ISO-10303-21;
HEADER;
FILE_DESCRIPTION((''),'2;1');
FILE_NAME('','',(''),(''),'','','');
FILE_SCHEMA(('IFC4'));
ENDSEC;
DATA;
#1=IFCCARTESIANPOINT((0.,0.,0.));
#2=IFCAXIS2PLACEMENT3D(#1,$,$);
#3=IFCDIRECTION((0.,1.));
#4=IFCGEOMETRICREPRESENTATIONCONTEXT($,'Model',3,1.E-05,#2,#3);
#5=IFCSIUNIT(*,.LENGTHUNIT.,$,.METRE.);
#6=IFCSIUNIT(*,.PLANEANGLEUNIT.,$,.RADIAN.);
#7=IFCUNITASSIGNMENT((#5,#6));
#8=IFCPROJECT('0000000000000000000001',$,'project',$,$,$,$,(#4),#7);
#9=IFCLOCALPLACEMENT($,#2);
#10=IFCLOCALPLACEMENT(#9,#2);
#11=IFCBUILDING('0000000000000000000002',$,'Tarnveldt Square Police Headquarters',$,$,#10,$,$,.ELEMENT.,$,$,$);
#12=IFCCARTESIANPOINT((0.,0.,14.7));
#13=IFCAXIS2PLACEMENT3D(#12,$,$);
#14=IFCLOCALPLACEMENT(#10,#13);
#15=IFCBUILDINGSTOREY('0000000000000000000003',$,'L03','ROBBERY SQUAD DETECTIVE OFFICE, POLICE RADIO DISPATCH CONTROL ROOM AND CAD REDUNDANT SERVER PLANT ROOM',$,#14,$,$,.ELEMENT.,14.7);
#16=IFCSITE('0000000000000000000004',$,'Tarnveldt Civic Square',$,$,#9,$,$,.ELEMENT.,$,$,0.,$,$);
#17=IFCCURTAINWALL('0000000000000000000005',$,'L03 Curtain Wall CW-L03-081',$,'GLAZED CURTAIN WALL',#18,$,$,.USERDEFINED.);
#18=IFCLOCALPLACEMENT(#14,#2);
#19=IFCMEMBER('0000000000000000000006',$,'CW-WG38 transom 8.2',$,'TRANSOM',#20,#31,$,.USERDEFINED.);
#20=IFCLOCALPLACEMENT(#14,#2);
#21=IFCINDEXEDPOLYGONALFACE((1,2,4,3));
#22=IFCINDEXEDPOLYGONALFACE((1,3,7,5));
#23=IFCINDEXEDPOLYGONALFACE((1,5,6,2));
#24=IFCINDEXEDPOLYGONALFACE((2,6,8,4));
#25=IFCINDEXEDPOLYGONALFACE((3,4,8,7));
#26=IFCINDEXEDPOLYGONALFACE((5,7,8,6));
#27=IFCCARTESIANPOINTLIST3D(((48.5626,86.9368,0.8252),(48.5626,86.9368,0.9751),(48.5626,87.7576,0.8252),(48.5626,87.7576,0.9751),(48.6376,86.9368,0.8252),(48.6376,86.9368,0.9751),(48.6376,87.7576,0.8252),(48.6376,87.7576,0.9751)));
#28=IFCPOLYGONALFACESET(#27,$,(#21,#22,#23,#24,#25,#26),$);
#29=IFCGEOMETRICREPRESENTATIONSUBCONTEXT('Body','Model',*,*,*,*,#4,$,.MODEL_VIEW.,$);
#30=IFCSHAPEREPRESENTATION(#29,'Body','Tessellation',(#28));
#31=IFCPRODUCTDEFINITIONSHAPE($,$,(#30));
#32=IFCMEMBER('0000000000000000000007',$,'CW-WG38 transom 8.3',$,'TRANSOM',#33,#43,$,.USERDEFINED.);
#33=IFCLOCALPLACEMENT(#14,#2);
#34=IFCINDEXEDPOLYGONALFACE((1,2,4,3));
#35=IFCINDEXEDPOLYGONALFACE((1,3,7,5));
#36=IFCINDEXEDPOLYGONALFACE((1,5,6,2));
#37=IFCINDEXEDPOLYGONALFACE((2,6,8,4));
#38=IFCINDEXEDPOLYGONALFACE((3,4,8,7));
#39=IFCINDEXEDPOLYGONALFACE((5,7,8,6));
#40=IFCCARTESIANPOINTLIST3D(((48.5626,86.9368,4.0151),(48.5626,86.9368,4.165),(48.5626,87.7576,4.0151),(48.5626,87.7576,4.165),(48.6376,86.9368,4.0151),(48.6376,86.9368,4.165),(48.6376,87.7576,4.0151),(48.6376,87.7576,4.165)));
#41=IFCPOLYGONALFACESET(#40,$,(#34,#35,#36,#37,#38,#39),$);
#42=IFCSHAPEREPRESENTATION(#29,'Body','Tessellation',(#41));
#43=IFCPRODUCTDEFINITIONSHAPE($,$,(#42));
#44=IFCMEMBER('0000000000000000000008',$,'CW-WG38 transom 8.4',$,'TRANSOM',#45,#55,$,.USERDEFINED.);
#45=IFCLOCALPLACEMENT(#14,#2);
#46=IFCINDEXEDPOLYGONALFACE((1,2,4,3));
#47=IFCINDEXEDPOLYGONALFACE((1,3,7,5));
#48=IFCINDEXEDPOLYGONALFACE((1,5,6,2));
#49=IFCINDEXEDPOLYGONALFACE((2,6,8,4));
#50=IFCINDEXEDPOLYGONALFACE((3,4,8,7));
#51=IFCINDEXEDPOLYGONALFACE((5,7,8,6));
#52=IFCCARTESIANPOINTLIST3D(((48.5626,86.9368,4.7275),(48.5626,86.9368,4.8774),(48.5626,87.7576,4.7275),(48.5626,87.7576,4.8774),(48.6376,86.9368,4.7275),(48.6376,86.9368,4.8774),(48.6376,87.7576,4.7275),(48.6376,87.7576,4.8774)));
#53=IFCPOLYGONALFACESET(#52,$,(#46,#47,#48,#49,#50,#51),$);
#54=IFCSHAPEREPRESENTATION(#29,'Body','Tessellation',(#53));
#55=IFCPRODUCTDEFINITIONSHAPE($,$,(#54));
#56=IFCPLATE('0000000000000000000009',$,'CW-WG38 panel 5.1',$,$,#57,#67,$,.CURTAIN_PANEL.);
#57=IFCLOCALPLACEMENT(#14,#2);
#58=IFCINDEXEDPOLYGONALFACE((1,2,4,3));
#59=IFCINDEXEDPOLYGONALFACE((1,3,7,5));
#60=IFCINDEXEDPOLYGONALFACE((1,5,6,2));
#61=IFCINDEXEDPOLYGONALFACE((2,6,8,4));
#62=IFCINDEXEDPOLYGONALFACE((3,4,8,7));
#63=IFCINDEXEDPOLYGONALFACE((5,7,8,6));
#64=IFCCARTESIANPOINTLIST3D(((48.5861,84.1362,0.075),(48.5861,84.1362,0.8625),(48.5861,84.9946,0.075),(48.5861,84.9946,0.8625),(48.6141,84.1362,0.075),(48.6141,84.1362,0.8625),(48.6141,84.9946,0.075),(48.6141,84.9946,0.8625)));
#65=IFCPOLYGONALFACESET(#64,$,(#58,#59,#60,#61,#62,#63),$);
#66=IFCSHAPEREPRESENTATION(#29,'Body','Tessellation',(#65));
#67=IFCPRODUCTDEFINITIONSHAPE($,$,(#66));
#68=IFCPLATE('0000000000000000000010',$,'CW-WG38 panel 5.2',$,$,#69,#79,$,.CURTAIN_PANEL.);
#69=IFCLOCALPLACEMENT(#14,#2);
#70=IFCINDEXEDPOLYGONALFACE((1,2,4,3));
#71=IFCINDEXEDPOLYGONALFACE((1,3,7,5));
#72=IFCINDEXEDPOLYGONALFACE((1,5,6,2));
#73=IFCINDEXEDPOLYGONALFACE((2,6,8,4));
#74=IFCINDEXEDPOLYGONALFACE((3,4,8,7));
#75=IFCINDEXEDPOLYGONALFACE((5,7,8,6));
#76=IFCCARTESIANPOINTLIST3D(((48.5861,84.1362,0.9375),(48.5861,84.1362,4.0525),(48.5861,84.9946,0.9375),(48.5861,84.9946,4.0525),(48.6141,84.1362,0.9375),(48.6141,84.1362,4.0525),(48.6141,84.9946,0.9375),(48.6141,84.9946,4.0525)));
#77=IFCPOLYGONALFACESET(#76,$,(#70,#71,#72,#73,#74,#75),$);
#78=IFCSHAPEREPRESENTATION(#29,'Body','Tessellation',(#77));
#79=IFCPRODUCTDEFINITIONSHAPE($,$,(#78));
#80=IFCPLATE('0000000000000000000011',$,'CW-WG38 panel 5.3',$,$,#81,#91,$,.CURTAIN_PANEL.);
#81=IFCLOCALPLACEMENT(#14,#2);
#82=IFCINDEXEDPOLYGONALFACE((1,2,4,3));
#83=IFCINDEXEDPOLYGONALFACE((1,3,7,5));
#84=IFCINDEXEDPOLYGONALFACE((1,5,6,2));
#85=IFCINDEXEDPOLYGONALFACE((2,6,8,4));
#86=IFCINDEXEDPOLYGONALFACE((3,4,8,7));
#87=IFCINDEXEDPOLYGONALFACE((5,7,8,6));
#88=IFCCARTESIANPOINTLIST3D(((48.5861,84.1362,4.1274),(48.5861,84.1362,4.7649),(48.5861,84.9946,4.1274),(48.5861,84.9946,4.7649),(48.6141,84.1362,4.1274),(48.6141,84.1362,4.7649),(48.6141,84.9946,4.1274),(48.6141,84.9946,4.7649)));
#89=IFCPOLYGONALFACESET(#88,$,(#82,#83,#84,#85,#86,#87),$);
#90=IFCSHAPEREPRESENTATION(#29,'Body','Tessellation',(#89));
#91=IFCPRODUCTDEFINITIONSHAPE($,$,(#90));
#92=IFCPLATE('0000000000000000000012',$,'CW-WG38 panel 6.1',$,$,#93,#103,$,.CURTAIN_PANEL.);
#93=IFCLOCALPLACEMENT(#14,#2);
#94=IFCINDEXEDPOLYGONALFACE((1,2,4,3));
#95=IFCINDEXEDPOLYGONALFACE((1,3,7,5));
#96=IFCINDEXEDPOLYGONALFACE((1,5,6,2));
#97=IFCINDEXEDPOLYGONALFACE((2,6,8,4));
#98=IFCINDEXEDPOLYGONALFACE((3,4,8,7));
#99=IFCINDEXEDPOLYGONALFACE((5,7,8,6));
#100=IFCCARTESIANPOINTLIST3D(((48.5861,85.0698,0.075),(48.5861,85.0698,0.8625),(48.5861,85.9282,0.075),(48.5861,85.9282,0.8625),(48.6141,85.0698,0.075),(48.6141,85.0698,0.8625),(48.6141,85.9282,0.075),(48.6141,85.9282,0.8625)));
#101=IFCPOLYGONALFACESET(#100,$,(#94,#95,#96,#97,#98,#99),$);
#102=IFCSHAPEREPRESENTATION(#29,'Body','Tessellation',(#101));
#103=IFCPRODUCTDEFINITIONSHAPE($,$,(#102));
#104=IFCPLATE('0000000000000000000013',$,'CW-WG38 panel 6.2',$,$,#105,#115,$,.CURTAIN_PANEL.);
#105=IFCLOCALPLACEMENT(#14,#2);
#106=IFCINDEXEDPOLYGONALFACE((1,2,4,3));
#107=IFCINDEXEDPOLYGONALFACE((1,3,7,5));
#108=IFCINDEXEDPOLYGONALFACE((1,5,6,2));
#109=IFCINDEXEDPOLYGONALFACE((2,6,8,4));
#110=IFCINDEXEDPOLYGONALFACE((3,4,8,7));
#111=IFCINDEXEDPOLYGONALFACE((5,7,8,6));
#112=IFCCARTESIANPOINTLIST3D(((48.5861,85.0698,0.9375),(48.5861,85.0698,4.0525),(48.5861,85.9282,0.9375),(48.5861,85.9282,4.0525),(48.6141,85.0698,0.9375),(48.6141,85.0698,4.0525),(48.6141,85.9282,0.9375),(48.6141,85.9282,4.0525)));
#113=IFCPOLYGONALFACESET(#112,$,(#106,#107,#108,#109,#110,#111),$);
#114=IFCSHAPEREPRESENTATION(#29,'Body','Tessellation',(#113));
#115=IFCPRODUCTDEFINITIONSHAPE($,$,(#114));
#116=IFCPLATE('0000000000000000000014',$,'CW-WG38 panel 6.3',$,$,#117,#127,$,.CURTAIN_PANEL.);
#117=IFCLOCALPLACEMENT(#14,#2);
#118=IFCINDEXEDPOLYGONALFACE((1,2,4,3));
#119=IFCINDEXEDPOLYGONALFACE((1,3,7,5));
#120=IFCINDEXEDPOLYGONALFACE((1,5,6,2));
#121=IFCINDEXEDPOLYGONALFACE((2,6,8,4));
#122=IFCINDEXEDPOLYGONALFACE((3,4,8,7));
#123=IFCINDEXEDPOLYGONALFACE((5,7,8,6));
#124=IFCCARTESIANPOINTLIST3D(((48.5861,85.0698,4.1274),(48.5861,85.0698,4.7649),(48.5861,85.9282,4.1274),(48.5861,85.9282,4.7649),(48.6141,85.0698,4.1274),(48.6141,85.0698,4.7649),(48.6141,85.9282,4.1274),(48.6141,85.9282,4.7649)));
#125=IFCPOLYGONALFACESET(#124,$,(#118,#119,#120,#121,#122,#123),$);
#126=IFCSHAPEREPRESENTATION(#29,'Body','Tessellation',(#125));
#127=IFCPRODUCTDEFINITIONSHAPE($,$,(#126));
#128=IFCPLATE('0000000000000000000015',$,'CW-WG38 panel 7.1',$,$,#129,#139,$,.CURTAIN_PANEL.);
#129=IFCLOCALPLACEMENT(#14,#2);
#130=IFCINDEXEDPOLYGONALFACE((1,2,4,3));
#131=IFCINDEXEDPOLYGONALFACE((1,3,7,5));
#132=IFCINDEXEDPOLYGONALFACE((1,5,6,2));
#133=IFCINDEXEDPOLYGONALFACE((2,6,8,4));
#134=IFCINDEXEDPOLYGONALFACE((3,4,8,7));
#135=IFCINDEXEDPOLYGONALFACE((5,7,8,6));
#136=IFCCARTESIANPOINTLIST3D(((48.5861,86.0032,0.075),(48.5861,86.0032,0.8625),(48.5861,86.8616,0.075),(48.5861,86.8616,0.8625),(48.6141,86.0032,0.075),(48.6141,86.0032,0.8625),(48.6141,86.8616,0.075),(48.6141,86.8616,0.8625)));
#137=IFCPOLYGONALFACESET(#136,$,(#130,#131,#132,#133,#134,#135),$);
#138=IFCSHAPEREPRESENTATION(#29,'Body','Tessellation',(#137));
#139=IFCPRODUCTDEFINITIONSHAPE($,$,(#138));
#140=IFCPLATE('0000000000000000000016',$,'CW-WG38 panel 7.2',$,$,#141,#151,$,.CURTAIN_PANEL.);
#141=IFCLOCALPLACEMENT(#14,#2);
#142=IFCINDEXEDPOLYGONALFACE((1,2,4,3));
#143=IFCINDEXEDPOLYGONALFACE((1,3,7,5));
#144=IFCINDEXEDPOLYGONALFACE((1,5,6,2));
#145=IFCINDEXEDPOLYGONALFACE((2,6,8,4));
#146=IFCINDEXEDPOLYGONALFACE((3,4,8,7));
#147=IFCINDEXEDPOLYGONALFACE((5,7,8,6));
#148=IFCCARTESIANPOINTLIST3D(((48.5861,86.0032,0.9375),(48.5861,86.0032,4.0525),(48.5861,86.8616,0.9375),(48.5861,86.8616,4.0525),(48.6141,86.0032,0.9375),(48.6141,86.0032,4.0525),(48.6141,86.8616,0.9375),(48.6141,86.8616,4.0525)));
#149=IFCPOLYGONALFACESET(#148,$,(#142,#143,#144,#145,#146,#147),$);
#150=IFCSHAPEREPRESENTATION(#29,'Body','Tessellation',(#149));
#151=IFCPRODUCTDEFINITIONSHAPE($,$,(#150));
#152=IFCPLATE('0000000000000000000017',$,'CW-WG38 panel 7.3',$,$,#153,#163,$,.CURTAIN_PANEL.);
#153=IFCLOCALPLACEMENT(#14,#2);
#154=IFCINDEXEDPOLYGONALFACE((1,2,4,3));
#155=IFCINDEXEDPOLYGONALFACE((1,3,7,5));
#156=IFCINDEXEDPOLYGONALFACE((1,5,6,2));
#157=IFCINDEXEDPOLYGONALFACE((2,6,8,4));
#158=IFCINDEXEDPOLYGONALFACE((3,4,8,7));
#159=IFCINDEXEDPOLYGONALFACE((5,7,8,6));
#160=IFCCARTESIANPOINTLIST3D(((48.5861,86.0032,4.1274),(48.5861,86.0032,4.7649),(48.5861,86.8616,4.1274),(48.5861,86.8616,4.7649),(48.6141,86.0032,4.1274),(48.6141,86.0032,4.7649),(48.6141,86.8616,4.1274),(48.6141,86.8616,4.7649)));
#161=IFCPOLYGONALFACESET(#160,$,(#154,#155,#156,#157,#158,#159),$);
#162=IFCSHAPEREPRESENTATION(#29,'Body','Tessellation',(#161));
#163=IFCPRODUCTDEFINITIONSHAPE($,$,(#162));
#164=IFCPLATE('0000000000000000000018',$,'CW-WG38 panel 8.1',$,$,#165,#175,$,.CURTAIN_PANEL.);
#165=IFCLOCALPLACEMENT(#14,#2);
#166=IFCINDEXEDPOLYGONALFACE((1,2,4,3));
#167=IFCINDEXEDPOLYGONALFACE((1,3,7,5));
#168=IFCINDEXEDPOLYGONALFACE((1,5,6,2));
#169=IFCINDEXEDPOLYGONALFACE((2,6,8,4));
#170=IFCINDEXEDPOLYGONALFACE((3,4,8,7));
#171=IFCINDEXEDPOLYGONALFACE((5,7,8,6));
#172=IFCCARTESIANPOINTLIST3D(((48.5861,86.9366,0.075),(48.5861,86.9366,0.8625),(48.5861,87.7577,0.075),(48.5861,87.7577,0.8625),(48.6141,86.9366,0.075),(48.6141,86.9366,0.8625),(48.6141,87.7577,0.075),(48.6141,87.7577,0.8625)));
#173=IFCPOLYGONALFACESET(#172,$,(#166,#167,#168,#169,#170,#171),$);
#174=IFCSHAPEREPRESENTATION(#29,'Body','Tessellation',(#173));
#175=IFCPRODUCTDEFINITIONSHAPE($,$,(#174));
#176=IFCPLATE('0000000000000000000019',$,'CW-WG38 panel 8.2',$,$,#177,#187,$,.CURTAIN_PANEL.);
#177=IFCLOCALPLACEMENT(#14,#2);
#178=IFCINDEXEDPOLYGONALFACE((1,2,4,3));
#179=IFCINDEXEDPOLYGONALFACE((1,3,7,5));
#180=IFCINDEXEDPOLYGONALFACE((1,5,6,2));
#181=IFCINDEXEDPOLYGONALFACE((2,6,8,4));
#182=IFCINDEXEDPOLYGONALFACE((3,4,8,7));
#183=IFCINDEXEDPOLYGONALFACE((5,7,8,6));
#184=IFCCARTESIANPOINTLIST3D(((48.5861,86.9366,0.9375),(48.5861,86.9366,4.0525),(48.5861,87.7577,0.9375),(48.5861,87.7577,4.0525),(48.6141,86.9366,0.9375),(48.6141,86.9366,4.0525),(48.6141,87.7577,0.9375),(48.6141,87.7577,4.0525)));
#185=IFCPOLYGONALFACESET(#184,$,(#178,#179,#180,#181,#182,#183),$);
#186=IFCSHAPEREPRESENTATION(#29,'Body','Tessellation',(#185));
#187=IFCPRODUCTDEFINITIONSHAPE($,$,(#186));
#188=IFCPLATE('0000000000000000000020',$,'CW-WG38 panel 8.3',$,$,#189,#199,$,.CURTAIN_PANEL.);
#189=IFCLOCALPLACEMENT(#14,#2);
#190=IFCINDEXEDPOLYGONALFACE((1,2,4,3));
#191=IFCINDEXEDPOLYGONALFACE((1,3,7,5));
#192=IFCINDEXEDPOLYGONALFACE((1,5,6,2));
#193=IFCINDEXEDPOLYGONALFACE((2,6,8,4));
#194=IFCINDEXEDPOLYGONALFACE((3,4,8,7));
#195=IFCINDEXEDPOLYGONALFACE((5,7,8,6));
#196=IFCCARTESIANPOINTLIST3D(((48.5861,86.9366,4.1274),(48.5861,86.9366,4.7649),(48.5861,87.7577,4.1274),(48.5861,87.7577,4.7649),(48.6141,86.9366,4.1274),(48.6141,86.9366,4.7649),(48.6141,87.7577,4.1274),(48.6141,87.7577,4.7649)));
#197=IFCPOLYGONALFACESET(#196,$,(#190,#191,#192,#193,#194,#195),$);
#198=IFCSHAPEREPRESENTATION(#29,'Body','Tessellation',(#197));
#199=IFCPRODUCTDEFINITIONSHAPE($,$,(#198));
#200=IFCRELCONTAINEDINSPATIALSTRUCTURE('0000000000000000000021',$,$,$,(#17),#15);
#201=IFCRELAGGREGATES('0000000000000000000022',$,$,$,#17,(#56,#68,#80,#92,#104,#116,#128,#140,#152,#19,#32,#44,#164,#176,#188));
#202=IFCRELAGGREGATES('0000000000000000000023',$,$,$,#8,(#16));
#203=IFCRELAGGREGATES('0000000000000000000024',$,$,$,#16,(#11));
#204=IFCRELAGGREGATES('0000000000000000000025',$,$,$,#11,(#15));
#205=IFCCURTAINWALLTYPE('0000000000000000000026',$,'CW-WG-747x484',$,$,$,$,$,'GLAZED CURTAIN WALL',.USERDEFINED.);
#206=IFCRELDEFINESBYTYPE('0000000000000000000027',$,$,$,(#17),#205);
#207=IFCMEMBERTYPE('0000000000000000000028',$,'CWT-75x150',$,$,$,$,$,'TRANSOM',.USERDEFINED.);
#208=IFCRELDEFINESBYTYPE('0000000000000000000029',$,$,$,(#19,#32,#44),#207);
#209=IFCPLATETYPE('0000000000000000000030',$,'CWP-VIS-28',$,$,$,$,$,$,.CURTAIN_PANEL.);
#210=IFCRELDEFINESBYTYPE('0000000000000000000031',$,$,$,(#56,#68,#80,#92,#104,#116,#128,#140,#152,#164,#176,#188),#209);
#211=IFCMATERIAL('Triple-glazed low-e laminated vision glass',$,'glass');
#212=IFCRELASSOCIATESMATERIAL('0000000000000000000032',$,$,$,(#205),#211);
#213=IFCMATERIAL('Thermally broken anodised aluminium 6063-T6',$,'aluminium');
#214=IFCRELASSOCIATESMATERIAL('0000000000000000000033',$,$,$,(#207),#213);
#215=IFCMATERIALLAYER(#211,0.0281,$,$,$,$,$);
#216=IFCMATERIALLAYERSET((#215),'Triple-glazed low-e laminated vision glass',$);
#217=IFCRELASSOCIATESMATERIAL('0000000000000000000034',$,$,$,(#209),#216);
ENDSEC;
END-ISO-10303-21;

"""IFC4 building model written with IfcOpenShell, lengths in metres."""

from ifc_helpers import new_model, si_unit, direction, frame, origin, origin_2d, place, context, subcontext, project, spatial, rectangle, extrude, material, layer, layer_set, material_profile, profile_set, type_object, element, aggregate, save


model = new_model("IFC4")

# Units and contexts
model_context = context("Model", 3, precision=1e-05, world=origin(), true_north=direction((0.0, 1.0)))
body_context = subcontext(model_context, "Body", "Model", "MODEL_VIEW")
ifc_project = project(units=[si_unit("LENGTHUNIT", "METRE"), si_unit("PLANEANGLEUNIT", "RADIAN")], contexts=[model_context])

# Site, building, storey
site_placement = place(None, origin())
site = spatial("IfcSite", under=ifc_project, at=site_placement, Name="Tarnveldt Civic Square", CompositionType="ELEMENT", RefElevation=0.0)
building_placement = place(site_placement, origin())
building = spatial("IfcBuilding", under=site, at=building_placement, Name="Tarnveldt Square Police Headquarters", CompositionType="ELEMENT")
storey_placement = place(building_placement, frame((0.0, 0.0, 14.7)))
storey = spatial("IfcBuildingStorey", under=building, at=storey_placement, Name="L03", Description="ROBBERY SQUAD DETECTIVE OFFICE, POLICE RADIO DISPATCH CONTROL ROOM AND CAD REDUNDANT SERVER PLANT ROOM", CompositionType="ELEMENT", Elevation=14.7)

# Curtain wall, members, plates
ifc_material_1 = material(Name="Triple-glazed low-e laminated vision glass", Category="glass")
curtain_wall_type = type_object("IfcCurtainWallType", Name="CW-WG-747x484", ElementType="GLAZED CURTAIN WALL", PredefinedType="USERDEFINED", material=ifc_material_1)
curtain_wall_placement = place(storey_placement, origin())
curtain_wall = element("IfcCurtainWall", 1, at=curtain_wall_placement, inside=storey, type_object=curtain_wall_type, Name="L03 Curtain Wall CW-L03-081", ObjectType="GLAZED CURTAIN WALL", PredefinedType="USERDEFINED")
ifc_material_2 = material(Name="Thermally broken anodised aluminium 6063-T6", Category="aluminium")
ifc_material_profile_1 = material_profile(ifc_material_2, rectangle(XDim=0.075, YDim=0.1499, at=origin_2d()), Name="CW-T75x150")
ifc_profile_set_1 = profile_set([ifc_material_profile_1], Name="Thermally broken anodised aluminium 6063-T6")
member_type_1 = type_object("IfcMemberType", Name="CWT-75x150", ElementType="TRANSOM", PredefinedType="USERDEFINED", material=ifc_profile_set_1)
member_1_placement = place(storey_placement, frame((48.6001, 86.9368, 0.9001), z_axis=(0.0, 1.0, 0.0), x_axis=(-1.0, 0.0, 0.0)))
member_1 = element("IfcMember", 2, at=member_1_placement, type_object=member_type_1, Name="CW-WG38 transom 8.2", ObjectType="TRANSOM", PredefinedType="USERDEFINED", context=body_context, shape_type="SweptSolid", body=[
    extrude(rectangle(XDim=0.075, YDim=0.1499, at=origin_2d()), origin(), (0.0, 0.0, 1.0), 0.8208),
])
member_2_placement = place(storey_placement, frame((48.6001, 86.9368, 4.0901), z_axis=(0.0, 1.0, 0.0), x_axis=(-1.0, 0.0, 0.0)))
member_2 = element("IfcMember", 3, at=member_2_placement, type_object=member_type_1, Name="CW-WG38 transom 8.3", ObjectType="TRANSOM", PredefinedType="USERDEFINED", context=body_context, shape_type="SweptSolid", body=[
    extrude(rectangle(XDim=0.075, YDim=0.1499, at=origin_2d()), origin(), (0.0, 0.0, 1.0), 0.8208),
])
member_3_placement = place(storey_placement, frame((48.6001, 86.9368, 4.8025), z_axis=(0.0, 1.0, 0.0), x_axis=(-1.0, 0.0, 0.0)))
member_3 = element("IfcMember", 4, at=member_3_placement, type_object=member_type_1, Name="CW-WG38 transom 8.4", ObjectType="TRANSOM", PredefinedType="USERDEFINED", context=body_context, shape_type="SweptSolid", body=[
    extrude(rectangle(XDim=0.075, YDim=0.1499, at=origin_2d()), origin(), (0.0, 0.0, 1.0), 0.8208),
])
ifc_layer = layer(ifc_material_1, 0.0281)
ifc_layer_set = layer_set([ifc_layer], Name="Triple-glazed low-e laminated vision glass")
plate_type = type_object("IfcPlateType", Name="CWP-VIS-28", PredefinedType="CURTAIN_PANEL", material=ifc_layer_set)
plate_1_placement = place(storey_placement, frame((48.6001, 84.5654, 0.075), z_axis=(0.0, 0.0, 1.0), x_axis=(0.0, 1.0, 0.0)))
plate_1 = element("IfcPlate", 5, at=plate_1_placement, type_object=plate_type, Name="CW-WG38 panel 5.1", PredefinedType="CURTAIN_PANEL", context=body_context, shape_type="SweptSolid", body=[
    extrude(rectangle(XDim=0.8584, YDim=0.0281, at=origin_2d()), origin(), (0.0, 0.0, 1.0), 0.7876),
])
plate_2_placement = place(storey_placement, frame((48.6001, 84.5654, 0.9375), z_axis=(0.0, 0.0, 1.0), x_axis=(0.0, 1.0, 0.0)))
plate_2 = element("IfcPlate", 6, at=plate_2_placement, type_object=plate_type, Name="CW-WG38 panel 5.2", PredefinedType="CURTAIN_PANEL", context=body_context, shape_type="SweptSolid", body=[
    extrude(rectangle(XDim=0.8584, YDim=0.0281, at=origin_2d()), origin(), (0.0, 0.0, 1.0), 3.115),
])
plate_3_placement = place(storey_placement, frame((48.6001, 84.5654, 4.1274), z_axis=(0.0, 0.0, 1.0), x_axis=(0.0, 1.0, 0.0)))
plate_3 = element("IfcPlate", 7, at=plate_3_placement, type_object=plate_type, Name="CW-WG38 panel 5.3", PredefinedType="CURTAIN_PANEL", context=body_context, shape_type="SweptSolid", body=[
    extrude(rectangle(XDim=0.8584, YDim=0.0281, at=origin_2d()), origin(), (0.0, 0.0, 1.0), 0.6375),
])
plate_4_placement = place(storey_placement, frame((48.6001, 85.499, 0.075), z_axis=(0.0, 0.0, 1.0), x_axis=(0.0, 1.0, 0.0)))
plate_4 = element("IfcPlate", 8, at=plate_4_placement, type_object=plate_type, Name="CW-WG38 panel 6.1", PredefinedType="CURTAIN_PANEL", context=body_context, shape_type="SweptSolid", body=[
    extrude(rectangle(XDim=0.8584, YDim=0.0281, at=origin_2d()), origin(), (0.0, 0.0, 1.0), 0.7876),
])
plate_5_placement = place(storey_placement, frame((48.6001, 85.499, 0.9375), z_axis=(0.0, 0.0, 1.0), x_axis=(0.0, 1.0, 0.0)))
plate_5 = element("IfcPlate", 9, at=plate_5_placement, type_object=plate_type, Name="CW-WG38 panel 6.2", PredefinedType="CURTAIN_PANEL", context=body_context, shape_type="SweptSolid", body=[
    extrude(rectangle(XDim=0.8584, YDim=0.0281, at=origin_2d()), origin(), (0.0, 0.0, 1.0), 3.115),
])
plate_6_placement = place(storey_placement, frame((48.6001, 85.499, 4.1274), z_axis=(0.0, 0.0, 1.0), x_axis=(0.0, 1.0, 0.0)))
plate_6 = element("IfcPlate", 10, at=plate_6_placement, type_object=plate_type, Name="CW-WG38 panel 6.3", PredefinedType="CURTAIN_PANEL", context=body_context, shape_type="SweptSolid", body=[
    extrude(rectangle(XDim=0.8584, YDim=0.0281, at=origin_2d()), origin(), (0.0, 0.0, 1.0), 0.6375),
])
plate_7_placement = place(storey_placement, frame((48.6001, 86.4324, 0.075), z_axis=(0.0, 0.0, 1.0), x_axis=(0.0, 1.0, 0.0)))
plate_7 = element("IfcPlate", 11, at=plate_7_placement, type_object=plate_type, Name="CW-WG38 panel 7.1", PredefinedType="CURTAIN_PANEL", context=body_context, shape_type="SweptSolid", body=[
    extrude(rectangle(XDim=0.8584, YDim=0.0281, at=origin_2d()), origin(), (0.0, 0.0, 1.0), 0.7876),
])
plate_8_placement = place(storey_placement, frame((48.6001, 86.4324, 0.9375), z_axis=(0.0, 0.0, 1.0), x_axis=(0.0, 1.0, 0.0)))
plate_8 = element("IfcPlate", 12, at=plate_8_placement, type_object=plate_type, Name="CW-WG38 panel 7.2", PredefinedType="CURTAIN_PANEL", context=body_context, shape_type="SweptSolid", body=[
    extrude(rectangle(XDim=0.8584, YDim=0.0281, at=origin_2d()), origin(), (0.0, 0.0, 1.0), 3.115),
])
plate_9_placement = place(storey_placement, frame((48.6001, 86.4324, 4.1274), z_axis=(0.0, 0.0, 1.0), x_axis=(0.0, 1.0, 0.0)))
plate_9 = element("IfcPlate", 13, at=plate_9_placement, type_object=plate_type, Name="CW-WG38 panel 7.3", PredefinedType="CURTAIN_PANEL", context=body_context, shape_type="SweptSolid", body=[
    extrude(rectangle(XDim=0.8584, YDim=0.0281, at=origin_2d()), origin(), (0.0, 0.0, 1.0), 0.6375),
])
plate_10_placement = place(storey_placement, frame((48.6001, 87.3472, 0.075), z_axis=(0.0, 0.0, 1.0), x_axis=(0.0, 1.0, 0.0)))
plate_10 = element("IfcPlate", 14, at=plate_10_placement, type_object=plate_type, Name="CW-WG38 panel 8.1", PredefinedType="CURTAIN_PANEL", context=body_context, shape_type="SweptSolid", body=[
    extrude(rectangle(XDim=0.821, YDim=0.0281, at=origin_2d()), origin(), (0.0, 0.0, 1.0), 0.7876),
])
plate_11_placement = place(storey_placement, frame((48.6001, 87.3472, 0.9375), z_axis=(0.0, 0.0, 1.0), x_axis=(0.0, 1.0, 0.0)))
plate_11 = element("IfcPlate", 15, at=plate_11_placement, type_object=plate_type, Name="CW-WG38 panel 8.2", PredefinedType="CURTAIN_PANEL", context=body_context, shape_type="SweptSolid", body=[
    extrude(rectangle(XDim=0.821, YDim=0.0281, at=origin_2d()), origin(), (0.0, 0.0, 1.0), 3.115),
])
plate_12_placement = place(storey_placement, frame((48.6001, 87.3472, 4.1274), z_axis=(0.0, 0.0, 1.0), x_axis=(0.0, 1.0, 0.0)))
plate_12 = element("IfcPlate", 16, at=plate_12_placement, type_object=plate_type, Name="CW-WG38 panel 8.3", PredefinedType="CURTAIN_PANEL", context=body_context, shape_type="SweptSolid", body=[
    extrude(rectangle(XDim=0.821, YDim=0.0281, at=origin_2d()), origin(), (0.0, 0.0, 1.0), 0.6375),
])
aggregate(curtain_wall, [plate_1, plate_2, plate_3, plate_4, plate_5, plate_6, plate_7, plate_8, plate_9, member_1, member_2, member_3, plate_10, plate_11, plate_12])

save(model, "model.ifc")
